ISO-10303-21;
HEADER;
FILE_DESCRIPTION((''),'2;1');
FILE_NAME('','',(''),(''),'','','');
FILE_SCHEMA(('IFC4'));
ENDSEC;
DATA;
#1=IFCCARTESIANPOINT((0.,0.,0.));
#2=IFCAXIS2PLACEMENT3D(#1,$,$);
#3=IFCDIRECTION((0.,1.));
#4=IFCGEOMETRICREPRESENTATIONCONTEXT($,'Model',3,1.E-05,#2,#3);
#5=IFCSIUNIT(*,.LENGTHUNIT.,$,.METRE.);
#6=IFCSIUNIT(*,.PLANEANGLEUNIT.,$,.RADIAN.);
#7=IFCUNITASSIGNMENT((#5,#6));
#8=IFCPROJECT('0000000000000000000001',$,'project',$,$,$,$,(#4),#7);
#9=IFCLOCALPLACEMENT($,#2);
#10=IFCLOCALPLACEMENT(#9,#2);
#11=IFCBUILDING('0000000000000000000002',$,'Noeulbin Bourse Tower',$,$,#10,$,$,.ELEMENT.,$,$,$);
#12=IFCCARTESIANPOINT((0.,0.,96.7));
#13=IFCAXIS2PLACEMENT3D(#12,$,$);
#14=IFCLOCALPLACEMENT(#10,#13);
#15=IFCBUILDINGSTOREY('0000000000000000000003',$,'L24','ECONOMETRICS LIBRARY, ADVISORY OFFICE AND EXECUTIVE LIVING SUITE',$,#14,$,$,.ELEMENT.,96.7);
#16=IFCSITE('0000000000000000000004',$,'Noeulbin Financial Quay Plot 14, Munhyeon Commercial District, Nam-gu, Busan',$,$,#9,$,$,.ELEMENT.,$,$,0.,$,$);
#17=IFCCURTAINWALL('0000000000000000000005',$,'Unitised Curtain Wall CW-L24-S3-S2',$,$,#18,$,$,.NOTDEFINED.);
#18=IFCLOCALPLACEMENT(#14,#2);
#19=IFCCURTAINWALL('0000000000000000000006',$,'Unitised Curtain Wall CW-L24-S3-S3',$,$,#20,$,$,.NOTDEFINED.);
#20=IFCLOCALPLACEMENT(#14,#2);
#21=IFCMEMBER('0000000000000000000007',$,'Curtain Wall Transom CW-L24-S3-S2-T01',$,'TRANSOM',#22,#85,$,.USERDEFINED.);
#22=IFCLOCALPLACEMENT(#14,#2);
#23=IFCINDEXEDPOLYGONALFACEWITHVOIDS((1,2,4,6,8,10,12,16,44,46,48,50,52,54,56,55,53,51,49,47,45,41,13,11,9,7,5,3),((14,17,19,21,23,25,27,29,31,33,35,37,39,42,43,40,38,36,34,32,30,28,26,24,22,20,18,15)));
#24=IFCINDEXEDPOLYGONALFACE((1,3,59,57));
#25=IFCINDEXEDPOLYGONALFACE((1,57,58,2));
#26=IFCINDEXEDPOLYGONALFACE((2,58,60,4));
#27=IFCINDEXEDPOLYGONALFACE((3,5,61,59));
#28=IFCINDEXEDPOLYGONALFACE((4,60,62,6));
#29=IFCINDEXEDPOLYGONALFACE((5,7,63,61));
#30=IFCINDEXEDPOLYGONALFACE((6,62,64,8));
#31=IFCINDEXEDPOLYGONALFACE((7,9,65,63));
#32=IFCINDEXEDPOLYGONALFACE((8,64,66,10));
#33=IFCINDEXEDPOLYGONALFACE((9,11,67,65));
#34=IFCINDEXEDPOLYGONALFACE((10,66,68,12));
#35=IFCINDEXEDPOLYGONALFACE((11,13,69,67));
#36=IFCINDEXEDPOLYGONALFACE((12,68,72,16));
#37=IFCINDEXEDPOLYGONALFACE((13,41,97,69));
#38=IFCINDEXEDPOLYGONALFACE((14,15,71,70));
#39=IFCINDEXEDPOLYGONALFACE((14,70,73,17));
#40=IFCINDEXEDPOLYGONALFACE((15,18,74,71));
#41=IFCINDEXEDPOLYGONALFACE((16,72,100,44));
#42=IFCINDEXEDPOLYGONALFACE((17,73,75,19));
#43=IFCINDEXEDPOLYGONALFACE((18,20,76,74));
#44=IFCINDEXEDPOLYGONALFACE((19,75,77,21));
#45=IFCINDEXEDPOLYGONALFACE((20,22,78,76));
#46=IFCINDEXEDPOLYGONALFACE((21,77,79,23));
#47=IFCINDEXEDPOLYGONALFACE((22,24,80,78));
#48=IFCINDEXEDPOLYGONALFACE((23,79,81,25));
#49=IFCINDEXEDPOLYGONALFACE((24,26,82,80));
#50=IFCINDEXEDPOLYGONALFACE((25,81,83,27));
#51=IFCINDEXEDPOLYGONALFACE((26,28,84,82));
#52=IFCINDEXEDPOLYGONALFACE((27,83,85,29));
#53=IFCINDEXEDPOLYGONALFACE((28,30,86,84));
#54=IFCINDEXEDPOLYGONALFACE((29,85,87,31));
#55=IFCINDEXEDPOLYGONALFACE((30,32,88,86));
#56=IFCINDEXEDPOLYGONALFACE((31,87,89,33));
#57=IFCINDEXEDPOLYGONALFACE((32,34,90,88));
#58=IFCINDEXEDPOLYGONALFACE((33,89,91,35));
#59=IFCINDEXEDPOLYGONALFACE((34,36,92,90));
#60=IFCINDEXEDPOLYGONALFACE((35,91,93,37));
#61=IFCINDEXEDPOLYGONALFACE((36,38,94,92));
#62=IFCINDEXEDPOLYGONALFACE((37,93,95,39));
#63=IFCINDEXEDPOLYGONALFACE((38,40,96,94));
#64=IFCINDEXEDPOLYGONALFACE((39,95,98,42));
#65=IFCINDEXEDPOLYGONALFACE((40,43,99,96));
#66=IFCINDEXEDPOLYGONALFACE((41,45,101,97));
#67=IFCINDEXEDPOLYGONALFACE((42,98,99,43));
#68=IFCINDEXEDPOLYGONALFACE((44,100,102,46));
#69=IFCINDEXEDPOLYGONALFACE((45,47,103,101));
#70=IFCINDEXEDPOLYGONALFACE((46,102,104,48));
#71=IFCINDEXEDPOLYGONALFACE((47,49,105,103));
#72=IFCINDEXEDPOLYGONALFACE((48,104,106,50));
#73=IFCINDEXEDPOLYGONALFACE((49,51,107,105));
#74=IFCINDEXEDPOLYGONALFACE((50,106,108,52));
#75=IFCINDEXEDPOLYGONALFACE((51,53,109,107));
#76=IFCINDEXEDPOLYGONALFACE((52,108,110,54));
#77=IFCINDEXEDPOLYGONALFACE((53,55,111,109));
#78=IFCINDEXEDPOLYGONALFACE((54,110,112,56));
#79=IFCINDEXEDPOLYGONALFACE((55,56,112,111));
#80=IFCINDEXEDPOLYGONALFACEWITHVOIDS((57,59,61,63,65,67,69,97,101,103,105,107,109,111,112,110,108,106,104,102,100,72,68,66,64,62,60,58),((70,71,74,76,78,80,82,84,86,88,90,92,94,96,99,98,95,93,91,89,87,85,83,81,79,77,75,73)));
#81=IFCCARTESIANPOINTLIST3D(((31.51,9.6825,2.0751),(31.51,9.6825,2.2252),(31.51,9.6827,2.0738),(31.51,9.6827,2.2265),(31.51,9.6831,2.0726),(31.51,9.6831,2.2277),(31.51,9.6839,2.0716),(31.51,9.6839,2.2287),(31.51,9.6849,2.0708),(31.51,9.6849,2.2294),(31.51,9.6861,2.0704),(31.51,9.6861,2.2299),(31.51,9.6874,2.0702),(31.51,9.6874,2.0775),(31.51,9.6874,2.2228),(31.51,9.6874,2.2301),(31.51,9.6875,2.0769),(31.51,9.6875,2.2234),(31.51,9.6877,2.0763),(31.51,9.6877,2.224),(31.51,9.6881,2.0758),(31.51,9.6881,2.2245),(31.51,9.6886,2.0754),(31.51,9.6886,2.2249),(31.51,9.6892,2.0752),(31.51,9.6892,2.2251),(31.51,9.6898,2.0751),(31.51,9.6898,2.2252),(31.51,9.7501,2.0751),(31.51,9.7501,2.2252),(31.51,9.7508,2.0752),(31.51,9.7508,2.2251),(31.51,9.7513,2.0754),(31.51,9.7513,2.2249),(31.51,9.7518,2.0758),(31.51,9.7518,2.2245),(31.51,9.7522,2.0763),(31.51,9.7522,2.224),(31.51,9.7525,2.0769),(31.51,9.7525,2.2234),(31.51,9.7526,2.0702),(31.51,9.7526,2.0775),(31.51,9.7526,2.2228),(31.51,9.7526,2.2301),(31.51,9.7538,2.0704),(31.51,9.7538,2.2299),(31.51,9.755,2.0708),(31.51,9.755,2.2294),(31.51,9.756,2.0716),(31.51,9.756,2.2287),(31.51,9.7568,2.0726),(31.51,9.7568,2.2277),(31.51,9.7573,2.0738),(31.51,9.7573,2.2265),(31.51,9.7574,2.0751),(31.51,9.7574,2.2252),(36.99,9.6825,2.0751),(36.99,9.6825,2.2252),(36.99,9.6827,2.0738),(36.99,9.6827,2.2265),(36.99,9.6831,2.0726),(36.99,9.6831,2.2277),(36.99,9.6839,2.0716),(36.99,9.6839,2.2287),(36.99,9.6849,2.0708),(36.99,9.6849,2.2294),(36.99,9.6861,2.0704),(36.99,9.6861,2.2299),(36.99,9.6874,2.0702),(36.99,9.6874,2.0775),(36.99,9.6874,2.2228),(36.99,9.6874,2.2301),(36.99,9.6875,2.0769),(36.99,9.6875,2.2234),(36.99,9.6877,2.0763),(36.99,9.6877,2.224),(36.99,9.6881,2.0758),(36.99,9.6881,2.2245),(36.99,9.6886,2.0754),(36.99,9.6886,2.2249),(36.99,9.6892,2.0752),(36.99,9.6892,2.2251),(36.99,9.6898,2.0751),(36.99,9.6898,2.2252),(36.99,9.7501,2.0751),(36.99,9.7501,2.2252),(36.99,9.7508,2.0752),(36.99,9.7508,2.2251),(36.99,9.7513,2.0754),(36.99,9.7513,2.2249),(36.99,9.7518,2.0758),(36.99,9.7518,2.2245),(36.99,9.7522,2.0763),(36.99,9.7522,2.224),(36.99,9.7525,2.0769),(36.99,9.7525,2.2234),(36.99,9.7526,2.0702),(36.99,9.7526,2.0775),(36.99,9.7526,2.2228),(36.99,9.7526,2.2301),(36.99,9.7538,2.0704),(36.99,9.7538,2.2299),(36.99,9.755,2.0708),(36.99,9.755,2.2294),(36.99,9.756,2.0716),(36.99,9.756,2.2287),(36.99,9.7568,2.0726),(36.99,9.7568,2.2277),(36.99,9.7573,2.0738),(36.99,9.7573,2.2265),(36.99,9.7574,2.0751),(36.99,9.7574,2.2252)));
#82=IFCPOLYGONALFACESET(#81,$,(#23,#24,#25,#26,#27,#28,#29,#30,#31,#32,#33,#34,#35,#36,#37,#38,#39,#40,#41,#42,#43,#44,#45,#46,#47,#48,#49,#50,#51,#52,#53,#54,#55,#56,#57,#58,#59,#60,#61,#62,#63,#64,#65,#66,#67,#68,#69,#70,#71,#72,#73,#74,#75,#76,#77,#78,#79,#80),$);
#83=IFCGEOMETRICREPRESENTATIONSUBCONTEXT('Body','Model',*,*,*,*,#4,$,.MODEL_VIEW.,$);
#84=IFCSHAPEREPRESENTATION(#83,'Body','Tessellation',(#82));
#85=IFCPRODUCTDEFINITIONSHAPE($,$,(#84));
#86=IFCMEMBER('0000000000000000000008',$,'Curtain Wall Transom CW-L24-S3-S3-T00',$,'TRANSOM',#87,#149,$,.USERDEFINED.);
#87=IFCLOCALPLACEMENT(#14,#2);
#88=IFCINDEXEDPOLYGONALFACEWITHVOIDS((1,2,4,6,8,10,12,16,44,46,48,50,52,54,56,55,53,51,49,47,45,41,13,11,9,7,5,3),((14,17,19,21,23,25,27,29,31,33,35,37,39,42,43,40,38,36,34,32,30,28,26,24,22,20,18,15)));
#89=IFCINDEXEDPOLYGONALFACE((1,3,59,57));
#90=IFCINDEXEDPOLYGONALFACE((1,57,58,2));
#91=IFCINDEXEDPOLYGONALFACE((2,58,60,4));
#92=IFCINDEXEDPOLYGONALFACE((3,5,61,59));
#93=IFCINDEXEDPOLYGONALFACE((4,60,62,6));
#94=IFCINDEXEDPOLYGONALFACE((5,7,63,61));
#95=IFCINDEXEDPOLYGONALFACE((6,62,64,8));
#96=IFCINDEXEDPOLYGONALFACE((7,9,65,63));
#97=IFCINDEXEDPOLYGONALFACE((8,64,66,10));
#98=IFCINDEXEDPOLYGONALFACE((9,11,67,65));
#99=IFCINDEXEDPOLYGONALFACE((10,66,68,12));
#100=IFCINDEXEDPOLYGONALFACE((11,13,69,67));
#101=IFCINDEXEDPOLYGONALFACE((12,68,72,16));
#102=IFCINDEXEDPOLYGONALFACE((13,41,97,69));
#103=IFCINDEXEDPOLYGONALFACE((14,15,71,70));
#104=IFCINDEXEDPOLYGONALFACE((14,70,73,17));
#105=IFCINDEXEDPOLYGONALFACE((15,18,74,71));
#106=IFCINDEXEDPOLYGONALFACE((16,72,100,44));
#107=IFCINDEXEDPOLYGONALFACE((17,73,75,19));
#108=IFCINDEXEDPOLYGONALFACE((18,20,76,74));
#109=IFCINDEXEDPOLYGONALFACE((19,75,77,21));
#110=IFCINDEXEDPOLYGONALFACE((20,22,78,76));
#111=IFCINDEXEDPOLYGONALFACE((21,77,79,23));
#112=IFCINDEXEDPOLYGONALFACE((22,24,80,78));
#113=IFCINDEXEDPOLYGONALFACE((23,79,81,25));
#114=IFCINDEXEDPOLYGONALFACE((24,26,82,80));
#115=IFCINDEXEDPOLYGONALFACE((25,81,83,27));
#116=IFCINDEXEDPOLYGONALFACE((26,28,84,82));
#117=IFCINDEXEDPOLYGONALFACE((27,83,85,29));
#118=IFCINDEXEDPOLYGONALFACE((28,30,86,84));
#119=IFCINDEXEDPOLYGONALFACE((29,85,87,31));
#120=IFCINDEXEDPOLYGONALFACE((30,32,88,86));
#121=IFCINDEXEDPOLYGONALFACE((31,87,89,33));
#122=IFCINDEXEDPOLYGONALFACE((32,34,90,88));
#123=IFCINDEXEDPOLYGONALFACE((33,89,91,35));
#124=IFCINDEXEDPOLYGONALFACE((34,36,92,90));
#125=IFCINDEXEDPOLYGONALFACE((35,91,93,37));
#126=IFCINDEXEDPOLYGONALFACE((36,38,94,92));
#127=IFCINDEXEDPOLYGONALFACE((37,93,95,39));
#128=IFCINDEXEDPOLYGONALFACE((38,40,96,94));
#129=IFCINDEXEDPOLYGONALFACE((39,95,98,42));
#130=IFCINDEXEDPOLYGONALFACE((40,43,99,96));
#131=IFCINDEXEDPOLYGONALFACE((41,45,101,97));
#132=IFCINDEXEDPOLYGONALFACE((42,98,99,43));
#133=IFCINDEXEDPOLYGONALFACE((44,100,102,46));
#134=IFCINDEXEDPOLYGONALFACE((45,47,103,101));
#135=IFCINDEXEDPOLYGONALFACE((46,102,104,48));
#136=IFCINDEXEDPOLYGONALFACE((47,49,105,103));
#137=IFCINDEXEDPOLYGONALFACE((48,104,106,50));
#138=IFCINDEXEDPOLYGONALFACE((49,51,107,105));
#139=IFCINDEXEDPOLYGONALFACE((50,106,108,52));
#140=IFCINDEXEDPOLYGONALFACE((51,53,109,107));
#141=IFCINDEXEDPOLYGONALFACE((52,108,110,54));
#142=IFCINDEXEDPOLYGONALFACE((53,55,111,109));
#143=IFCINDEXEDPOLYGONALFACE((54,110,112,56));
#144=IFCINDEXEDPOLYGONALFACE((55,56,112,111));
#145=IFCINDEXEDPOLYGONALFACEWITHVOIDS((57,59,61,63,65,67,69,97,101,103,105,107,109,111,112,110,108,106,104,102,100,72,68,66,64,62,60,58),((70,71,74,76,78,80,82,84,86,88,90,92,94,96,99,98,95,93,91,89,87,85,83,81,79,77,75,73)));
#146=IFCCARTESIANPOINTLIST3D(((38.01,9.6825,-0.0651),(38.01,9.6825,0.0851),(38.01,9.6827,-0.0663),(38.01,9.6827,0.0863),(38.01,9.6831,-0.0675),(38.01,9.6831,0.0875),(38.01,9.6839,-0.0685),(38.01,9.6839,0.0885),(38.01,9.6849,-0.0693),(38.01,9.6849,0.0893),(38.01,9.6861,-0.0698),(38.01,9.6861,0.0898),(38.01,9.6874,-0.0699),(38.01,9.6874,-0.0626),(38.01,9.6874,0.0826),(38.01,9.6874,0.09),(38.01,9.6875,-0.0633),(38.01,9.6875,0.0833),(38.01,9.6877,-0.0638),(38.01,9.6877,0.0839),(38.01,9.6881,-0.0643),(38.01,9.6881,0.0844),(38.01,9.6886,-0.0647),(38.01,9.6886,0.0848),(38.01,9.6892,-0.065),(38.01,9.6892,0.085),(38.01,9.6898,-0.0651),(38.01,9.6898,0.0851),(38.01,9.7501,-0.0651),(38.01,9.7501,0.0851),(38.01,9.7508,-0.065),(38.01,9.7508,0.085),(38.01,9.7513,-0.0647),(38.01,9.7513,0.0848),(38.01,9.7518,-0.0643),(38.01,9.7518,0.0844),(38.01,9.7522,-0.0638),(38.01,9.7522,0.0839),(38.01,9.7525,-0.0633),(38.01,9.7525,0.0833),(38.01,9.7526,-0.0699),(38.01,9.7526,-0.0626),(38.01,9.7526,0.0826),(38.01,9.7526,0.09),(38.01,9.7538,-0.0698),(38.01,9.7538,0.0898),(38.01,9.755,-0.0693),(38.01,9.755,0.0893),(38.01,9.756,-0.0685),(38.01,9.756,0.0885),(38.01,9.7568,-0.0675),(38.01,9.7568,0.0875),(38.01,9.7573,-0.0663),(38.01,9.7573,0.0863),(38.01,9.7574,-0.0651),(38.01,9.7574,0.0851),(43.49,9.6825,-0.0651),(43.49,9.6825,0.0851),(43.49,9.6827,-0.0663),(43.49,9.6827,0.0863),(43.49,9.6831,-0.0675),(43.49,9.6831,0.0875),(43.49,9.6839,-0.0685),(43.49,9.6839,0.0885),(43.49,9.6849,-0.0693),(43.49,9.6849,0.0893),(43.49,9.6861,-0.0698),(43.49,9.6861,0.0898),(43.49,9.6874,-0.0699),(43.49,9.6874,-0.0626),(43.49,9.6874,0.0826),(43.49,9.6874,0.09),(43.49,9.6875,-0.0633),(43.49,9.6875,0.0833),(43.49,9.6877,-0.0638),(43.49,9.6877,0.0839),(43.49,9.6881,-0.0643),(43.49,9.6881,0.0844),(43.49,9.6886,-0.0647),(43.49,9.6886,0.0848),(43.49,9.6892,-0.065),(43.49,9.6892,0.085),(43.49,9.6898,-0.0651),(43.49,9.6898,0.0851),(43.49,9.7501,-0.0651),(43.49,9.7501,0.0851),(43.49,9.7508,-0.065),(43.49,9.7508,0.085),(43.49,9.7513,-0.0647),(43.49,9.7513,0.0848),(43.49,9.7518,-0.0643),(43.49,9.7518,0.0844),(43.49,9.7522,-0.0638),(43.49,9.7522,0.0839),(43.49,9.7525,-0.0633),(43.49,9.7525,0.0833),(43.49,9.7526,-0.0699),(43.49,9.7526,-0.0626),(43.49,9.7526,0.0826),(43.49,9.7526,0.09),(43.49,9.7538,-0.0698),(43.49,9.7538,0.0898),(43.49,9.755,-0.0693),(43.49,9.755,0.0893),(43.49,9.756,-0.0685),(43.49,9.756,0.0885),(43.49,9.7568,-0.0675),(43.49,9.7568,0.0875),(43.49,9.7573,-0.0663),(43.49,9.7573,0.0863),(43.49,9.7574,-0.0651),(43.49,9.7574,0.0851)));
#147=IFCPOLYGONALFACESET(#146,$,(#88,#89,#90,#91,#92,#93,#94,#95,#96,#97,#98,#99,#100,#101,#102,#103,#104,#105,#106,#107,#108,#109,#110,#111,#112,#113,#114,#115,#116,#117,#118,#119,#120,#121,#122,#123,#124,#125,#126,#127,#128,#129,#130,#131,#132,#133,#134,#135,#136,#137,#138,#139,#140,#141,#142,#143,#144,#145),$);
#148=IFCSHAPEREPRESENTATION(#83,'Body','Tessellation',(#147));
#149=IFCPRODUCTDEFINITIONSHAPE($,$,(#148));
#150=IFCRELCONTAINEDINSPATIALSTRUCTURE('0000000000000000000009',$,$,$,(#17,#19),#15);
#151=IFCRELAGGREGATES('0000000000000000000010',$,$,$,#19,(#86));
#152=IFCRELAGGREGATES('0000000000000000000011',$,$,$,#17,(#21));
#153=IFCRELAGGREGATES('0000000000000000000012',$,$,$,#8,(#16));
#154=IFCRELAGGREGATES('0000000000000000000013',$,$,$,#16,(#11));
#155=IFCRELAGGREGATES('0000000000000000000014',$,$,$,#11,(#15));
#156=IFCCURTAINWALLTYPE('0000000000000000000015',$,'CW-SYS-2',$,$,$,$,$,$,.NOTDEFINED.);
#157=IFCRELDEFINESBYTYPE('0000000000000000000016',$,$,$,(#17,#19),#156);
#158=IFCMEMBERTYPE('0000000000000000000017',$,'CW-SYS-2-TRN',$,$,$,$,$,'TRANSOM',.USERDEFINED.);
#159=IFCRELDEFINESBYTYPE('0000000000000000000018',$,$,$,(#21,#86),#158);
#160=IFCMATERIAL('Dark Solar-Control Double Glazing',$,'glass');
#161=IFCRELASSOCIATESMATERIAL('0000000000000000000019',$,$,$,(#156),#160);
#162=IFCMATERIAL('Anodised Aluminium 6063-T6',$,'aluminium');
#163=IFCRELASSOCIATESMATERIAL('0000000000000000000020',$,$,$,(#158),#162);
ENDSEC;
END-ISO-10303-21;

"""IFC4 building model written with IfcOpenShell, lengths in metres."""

from ifc_helpers import new_model, si_unit, direction, frame, origin, origin_2d, place, context, subcontext, project, spatial, hollow_rectangle, extrude, material, material_profile, profile_set, type_object, element, aggregate, save


model = new_model("IFC4")

# Units and contexts
model_context = context("Model", 3, precision=1e-05, world=origin(), true_north=direction((0.0, 1.0)))
body_context = subcontext(model_context, "Body", "Model", "MODEL_VIEW")
ifc_project = project(units=[si_unit("LENGTHUNIT", "METRE"), si_unit("PLANEANGLEUNIT", "RADIAN")], contexts=[model_context])

# Site, building, storey
site_placement = place(None, origin())
site = spatial("IfcSite", under=ifc_project, at=site_placement, Name="Noeulbin Financial Quay Plot 14, Munhyeon Commercial District, Nam-gu, Busan", CompositionType="ELEMENT", RefElevation=0.0)
building_placement = place(site_placement, origin())
building = spatial("IfcBuilding", under=site, at=building_placement, Name="Noeulbin Bourse Tower", CompositionType="ELEMENT")
storey_placement = place(building_placement, frame((0.0, 0.0, 96.7)))
storey = spatial("IfcBuildingStorey", under=building, at=storey_placement, Name="L24", Description="ECONOMETRICS LIBRARY, ADVISORY OFFICE AND EXECUTIVE LIVING SUITE", CompositionType="ELEMENT", Elevation=96.7)

# Curtain wall
ifc_material_1 = material(Name="Dark Solar-Control Double Glazing", Category="glass")
curtain_wall_type = type_object("IfcCurtainWallType", Name="CW-SYS-2", PredefinedType="NOTDEFINED", material=ifc_material_1)
ifc_material_2 = material(Name="Anodised Aluminium 6063-T6", Category="aluminium")
curtain_wall_1_placement = place(storey_placement, origin())
curtain_wall_1 = element("IfcCurtainWall", 1, at=curtain_wall_1_placement, inside=storey, type_object=curtain_wall_type, Name="Unitised Curtain Wall CW-L24-S3-S2", PredefinedType="NOTDEFINED")

# Curtain wall
curtain_wall_2_placement = place(storey_placement, origin())
curtain_wall_2 = element("IfcCurtainWall", 2, at=curtain_wall_2_placement, inside=storey, type_object=curtain_wall_type, Name="Unitised Curtain Wall CW-L24-S3-S3", PredefinedType="NOTDEFINED")

# Members
ifc_material_profile_1 = material_profile(ifc_material_2, hollow_rectangle(XDim=0.075, YDim=0.1599, WallThickness=0.0049, InnerFilletRadius=0.0024, OuterFilletRadius=0.0049, at=origin_2d()), Name="ALU-TRAN-75x160x5", Category="LoadBearing")
ifc_profile_set_1 = profile_set([ifc_material_profile_1], Name="Anodised Aluminium 6063-T6")
member_type_1 = type_object("IfcMemberType", Name="CW-SYS-2-TRN", ElementType="TRANSOM", PredefinedType="USERDEFINED", material=ifc_profile_set_1)
member_1_placement = place(storey_placement, frame((31.51, 9.72, 2.1501), z_axis=(1.0, 0.0, 0.0), x_axis=(0.0, 1.0, 0.0)))
member_1 = element("IfcMember", 3, at=member_1_placement, type_object=member_type_1, Name="Curtain Wall Transom CW-L24-S3-S2-T01", ObjectType="TRANSOM", PredefinedType="USERDEFINED", context=body_context, shape_type="SweptSolid", body=[
    extrude(hollow_rectangle(XDim=0.075, YDim=0.1599, WallThickness=0.0049, InnerFilletRadius=0.0024, OuterFilletRadius=0.0049, at=origin_2d()), origin(), (0.0, 0.0, 1.0), 5.48),
])
member_2_placement = place(storey_placement, frame((38.01, 9.72, 0.01), z_axis=(1.0, 0.0, 0.0), x_axis=(0.0, 1.0, 0.0)))
member_2 = element("IfcMember", 4, at=member_2_placement, type_object=member_type_1, Name="Curtain Wall Transom CW-L24-S3-S3-T00", ObjectType="TRANSOM", PredefinedType="USERDEFINED", context=body_context, shape_type="SweptSolid", body=[
    extrude(hollow_rectangle(XDim=0.075, YDim=0.1599, WallThickness=0.0049, InnerFilletRadius=0.0024, OuterFilletRadius=0.0049, at=origin_2d()), origin(), (0.0, 0.0, 1.0), 5.48),
])
aggregate(curtain_wall_2, [member_2])

aggregate(curtain_wall_1, [member_1])

save(model, "model.ifc")
